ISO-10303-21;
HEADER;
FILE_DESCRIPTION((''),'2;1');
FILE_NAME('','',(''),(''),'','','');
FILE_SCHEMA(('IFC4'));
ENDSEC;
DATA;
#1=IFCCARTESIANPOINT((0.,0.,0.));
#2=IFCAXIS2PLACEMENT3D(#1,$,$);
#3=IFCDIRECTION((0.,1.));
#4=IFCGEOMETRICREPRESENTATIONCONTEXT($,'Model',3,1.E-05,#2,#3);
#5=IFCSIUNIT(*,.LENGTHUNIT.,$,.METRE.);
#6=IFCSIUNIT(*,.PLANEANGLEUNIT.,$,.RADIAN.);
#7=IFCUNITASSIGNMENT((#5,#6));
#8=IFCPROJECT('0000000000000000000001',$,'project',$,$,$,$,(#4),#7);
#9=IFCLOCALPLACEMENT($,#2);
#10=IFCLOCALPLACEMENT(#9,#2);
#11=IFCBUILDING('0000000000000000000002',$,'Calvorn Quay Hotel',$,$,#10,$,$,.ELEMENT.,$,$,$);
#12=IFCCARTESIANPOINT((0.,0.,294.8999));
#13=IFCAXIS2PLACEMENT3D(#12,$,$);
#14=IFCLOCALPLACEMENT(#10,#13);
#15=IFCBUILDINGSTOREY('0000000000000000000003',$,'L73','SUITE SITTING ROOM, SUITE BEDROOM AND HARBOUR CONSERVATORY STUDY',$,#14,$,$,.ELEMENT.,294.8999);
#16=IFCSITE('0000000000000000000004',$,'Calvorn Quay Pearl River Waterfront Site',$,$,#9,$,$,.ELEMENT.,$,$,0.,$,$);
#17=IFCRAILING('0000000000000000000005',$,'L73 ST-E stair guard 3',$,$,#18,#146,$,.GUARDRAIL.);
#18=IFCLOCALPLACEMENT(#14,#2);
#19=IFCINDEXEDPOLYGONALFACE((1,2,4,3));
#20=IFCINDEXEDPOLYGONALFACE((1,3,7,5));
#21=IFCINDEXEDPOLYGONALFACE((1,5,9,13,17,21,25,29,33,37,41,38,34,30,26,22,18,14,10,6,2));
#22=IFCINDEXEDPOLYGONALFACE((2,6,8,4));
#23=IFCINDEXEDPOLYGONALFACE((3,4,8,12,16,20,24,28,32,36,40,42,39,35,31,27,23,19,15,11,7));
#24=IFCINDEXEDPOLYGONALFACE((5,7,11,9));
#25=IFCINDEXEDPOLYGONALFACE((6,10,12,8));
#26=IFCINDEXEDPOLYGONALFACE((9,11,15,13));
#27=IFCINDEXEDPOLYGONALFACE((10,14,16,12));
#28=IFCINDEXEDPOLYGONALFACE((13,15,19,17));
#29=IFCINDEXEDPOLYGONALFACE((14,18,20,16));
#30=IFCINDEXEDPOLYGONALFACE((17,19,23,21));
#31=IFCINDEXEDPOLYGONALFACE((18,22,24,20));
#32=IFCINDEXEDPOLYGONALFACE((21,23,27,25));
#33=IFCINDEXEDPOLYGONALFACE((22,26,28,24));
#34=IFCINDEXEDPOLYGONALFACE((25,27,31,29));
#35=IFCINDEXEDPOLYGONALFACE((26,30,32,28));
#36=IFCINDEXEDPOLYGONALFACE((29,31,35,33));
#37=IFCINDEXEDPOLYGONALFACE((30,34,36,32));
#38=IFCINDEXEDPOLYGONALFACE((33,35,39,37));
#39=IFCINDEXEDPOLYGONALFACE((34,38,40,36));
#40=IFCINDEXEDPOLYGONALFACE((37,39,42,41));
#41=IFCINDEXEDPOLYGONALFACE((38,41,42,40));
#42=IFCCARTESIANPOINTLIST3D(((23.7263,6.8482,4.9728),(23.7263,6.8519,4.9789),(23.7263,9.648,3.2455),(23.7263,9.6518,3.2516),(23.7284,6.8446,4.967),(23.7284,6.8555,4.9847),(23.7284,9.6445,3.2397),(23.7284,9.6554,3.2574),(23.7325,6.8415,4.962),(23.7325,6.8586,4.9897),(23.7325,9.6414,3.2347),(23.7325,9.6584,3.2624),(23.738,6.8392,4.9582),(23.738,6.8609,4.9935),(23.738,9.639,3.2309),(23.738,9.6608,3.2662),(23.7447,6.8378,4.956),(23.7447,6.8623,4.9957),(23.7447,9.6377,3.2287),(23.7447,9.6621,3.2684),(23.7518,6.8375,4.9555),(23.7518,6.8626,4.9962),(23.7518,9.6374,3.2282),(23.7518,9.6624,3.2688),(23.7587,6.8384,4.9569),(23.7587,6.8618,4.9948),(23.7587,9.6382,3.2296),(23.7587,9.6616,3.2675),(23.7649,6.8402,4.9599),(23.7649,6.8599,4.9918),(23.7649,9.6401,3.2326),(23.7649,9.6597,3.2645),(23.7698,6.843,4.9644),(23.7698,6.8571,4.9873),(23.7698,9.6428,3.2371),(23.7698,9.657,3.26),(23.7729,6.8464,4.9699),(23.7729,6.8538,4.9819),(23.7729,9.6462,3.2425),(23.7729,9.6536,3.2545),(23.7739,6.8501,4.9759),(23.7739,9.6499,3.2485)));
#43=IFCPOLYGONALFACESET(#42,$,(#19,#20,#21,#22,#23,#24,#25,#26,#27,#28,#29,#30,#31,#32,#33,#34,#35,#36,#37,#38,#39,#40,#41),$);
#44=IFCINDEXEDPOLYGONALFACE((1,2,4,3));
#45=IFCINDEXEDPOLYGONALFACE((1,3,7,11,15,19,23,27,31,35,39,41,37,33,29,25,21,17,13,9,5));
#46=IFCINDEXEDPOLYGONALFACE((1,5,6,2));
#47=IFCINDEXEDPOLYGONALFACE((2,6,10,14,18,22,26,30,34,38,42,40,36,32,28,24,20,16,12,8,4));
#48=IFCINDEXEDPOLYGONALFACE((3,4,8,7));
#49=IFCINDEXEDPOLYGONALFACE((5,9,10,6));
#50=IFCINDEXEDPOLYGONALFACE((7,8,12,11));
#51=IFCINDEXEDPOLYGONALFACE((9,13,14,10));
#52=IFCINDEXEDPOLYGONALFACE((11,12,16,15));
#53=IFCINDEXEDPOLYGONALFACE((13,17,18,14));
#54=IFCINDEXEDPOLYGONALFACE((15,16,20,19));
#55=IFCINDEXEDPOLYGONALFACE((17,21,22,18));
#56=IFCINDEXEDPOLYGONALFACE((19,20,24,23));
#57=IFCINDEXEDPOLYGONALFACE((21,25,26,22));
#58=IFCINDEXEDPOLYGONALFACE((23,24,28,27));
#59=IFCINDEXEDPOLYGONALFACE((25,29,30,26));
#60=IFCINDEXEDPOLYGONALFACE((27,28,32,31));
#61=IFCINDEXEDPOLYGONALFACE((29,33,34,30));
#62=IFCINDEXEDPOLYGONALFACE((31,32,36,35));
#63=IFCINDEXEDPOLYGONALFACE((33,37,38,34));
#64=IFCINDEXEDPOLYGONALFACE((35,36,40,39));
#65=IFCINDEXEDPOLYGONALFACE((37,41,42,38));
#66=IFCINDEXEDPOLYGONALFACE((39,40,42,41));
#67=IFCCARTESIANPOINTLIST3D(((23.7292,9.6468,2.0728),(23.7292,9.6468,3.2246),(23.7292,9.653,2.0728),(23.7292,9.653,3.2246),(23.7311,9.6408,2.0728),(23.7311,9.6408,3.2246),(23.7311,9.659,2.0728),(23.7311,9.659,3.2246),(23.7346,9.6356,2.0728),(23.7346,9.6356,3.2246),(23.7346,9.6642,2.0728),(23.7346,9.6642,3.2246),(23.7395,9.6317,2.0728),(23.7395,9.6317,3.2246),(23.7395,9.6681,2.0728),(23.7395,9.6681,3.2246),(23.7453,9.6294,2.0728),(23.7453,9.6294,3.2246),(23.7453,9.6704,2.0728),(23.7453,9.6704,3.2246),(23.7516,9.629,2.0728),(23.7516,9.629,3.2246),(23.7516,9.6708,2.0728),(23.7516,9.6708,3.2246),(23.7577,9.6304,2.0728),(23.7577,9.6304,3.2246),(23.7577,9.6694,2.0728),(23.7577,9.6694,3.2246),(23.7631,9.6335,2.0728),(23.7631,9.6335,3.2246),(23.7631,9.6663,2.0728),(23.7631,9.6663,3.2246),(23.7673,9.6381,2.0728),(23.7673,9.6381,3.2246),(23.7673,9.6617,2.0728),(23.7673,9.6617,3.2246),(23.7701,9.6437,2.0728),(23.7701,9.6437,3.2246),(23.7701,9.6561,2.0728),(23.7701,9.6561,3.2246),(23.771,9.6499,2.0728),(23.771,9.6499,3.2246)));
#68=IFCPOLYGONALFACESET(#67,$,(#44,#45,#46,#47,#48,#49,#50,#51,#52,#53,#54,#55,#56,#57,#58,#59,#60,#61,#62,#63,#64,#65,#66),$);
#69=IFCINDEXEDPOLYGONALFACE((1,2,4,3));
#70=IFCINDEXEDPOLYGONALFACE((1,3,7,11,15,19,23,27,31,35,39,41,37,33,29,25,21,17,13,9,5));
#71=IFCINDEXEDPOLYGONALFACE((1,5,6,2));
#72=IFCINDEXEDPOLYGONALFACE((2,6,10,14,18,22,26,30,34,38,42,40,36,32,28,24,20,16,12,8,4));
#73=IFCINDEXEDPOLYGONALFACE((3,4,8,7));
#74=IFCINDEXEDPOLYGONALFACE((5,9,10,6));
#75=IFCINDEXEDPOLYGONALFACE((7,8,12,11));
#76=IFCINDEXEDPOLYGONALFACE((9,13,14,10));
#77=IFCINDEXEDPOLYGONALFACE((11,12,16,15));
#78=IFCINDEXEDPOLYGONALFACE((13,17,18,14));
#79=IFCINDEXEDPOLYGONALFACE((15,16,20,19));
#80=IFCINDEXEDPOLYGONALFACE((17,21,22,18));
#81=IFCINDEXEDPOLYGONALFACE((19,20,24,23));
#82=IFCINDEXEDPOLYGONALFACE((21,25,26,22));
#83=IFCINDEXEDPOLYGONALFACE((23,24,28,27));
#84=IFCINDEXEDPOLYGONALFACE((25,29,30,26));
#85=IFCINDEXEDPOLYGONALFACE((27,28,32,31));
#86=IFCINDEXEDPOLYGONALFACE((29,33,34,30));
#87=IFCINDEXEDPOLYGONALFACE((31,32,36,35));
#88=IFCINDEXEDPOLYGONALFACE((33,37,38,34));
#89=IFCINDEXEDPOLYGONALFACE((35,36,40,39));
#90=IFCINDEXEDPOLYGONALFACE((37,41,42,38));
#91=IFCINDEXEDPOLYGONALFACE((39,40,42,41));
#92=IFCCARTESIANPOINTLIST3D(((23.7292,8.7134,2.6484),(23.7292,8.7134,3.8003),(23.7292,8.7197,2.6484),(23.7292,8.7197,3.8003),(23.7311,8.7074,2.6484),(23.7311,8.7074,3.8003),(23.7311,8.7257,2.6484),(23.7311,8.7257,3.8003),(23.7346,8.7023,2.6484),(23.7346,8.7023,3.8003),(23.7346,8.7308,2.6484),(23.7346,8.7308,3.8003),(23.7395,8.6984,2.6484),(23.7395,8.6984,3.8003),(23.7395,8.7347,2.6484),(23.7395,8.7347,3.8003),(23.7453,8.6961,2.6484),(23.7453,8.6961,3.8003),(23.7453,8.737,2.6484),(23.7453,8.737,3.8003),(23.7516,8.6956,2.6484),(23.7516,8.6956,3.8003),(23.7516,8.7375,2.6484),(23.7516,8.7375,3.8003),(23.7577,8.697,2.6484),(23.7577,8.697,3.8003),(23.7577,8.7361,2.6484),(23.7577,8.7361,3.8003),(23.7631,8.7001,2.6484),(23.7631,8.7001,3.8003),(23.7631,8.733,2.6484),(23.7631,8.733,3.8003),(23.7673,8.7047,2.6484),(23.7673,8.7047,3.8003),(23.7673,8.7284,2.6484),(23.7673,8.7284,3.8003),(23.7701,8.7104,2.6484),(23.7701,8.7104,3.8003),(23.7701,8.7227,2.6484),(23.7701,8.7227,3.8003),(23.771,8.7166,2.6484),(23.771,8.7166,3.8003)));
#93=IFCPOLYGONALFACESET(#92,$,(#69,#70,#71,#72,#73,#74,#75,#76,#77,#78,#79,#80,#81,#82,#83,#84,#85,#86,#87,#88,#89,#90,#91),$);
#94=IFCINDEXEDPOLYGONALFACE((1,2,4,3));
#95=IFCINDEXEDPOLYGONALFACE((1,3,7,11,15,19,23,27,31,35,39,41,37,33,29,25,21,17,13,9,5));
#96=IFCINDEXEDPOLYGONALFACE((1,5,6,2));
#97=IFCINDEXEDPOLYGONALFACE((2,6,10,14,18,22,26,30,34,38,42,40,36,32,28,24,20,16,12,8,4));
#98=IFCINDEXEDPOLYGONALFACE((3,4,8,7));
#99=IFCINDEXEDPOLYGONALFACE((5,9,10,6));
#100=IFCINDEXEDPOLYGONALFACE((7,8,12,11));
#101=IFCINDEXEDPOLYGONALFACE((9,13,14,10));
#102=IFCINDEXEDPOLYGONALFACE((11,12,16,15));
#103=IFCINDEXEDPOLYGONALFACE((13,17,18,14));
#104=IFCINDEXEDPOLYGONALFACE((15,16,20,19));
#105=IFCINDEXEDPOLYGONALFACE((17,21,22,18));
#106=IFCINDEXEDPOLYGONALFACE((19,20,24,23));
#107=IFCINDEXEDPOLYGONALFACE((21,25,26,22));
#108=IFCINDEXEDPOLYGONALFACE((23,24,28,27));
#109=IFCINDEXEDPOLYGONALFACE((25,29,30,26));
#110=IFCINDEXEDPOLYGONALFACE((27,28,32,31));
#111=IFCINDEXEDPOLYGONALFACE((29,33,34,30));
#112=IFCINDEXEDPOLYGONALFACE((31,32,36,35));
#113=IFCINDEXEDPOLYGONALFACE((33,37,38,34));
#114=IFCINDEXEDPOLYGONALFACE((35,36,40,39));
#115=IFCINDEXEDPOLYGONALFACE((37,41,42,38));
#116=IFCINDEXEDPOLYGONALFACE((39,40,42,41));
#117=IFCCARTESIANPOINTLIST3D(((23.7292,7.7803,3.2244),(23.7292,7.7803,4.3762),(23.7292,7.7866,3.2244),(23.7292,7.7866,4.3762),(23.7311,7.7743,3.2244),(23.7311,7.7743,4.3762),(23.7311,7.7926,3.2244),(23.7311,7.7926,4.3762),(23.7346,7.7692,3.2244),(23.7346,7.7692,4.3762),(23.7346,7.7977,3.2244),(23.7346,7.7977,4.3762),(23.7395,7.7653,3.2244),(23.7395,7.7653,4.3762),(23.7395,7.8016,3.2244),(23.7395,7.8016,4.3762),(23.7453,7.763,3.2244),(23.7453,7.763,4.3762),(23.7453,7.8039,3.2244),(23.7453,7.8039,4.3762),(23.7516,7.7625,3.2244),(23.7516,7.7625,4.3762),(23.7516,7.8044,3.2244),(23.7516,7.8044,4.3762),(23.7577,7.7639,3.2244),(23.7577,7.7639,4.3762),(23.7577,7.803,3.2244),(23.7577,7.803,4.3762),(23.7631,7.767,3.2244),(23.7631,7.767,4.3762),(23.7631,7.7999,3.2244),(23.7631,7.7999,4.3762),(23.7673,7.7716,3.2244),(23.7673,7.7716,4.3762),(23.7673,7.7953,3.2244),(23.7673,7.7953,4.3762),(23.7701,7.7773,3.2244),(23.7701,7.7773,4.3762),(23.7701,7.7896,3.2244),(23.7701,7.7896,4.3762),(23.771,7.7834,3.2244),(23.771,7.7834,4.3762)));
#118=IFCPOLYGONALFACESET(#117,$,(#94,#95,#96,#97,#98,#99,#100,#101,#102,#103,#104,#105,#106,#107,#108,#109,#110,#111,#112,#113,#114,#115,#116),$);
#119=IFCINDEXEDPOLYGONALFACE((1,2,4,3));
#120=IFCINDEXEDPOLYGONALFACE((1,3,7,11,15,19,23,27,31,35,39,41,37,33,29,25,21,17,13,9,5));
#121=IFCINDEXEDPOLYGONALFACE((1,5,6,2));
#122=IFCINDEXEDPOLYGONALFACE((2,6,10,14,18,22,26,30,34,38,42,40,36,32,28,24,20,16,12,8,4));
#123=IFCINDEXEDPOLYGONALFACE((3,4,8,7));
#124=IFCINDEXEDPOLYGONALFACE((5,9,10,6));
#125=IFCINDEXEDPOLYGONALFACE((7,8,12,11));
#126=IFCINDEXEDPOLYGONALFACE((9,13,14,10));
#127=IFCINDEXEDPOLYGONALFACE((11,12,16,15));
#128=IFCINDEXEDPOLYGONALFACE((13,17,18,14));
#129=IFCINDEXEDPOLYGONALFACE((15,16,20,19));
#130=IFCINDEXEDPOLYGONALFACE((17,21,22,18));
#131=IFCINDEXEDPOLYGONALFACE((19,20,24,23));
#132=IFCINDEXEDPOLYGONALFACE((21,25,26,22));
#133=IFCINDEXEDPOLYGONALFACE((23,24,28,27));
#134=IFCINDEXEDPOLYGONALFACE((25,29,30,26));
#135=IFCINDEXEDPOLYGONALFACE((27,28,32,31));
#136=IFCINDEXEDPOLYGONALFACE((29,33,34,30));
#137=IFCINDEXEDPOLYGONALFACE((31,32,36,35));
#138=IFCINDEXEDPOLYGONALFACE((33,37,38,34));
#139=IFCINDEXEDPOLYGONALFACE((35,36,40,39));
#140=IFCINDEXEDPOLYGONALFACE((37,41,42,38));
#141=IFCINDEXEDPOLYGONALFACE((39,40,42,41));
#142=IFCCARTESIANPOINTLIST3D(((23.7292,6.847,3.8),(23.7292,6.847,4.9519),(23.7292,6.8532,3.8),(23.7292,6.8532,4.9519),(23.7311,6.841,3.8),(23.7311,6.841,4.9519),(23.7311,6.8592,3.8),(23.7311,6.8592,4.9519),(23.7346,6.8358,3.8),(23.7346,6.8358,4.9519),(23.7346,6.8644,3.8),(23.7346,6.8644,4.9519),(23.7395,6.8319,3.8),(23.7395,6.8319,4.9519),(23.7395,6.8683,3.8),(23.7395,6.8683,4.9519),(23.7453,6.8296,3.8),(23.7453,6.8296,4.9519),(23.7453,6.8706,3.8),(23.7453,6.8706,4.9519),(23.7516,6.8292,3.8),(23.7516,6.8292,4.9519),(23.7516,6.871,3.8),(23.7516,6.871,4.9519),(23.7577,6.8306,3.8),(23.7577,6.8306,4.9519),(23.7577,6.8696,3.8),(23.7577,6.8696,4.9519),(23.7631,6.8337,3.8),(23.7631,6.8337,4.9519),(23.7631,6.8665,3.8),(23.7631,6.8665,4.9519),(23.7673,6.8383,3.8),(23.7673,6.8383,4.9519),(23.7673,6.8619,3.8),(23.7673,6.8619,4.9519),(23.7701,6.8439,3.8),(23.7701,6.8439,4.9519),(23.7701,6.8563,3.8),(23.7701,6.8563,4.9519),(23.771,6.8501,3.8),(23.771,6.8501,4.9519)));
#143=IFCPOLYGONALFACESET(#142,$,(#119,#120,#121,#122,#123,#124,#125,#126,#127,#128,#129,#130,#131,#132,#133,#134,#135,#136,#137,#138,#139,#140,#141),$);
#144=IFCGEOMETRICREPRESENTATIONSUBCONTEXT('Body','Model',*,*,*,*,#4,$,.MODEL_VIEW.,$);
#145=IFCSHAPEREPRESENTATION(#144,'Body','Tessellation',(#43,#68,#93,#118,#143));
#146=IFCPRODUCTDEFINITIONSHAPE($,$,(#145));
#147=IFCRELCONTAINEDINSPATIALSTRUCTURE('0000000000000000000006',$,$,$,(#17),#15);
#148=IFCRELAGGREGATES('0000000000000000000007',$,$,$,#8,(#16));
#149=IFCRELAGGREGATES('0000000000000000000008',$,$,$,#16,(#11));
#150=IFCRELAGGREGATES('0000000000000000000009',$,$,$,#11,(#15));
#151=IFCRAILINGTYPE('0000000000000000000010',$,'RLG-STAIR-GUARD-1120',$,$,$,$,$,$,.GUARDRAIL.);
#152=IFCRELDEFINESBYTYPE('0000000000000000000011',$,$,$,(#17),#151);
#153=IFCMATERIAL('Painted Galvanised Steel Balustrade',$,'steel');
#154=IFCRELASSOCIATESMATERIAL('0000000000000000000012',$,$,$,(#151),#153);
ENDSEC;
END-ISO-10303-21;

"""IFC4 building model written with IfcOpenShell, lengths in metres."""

from ifc_helpers import new_model, si_unit, direction, frame, origin, origin_2d, place, context, subcontext, project, spatial, circle, extrude, material, type_object, element, save


model = new_model("IFC4")

# Units and contexts
model_context = context("Model", 3, precision=1e-05, world=origin(), true_north=direction((0.0, 1.0)))
body_context = subcontext(model_context, "Body", "Model", "MODEL_VIEW")
ifc_project = project(units=[si_unit("LENGTHUNIT", "METRE"), si_unit("PLANEANGLEUNIT", "RADIAN")], contexts=[model_context])

# Site, building, storey
site_placement = place(None, origin())
site = spatial("IfcSite", under=ifc_project, at=site_placement, Name="Calvorn Quay Pearl River Waterfront Site", CompositionType="ELEMENT", RefElevation=0.0)
building_placement = place(site_placement, origin())
building = spatial("IfcBuilding", under=site, at=building_placement, Name="Calvorn Quay Hotel", CompositionType="ELEMENT")
storey_placement = place(building_placement, frame((0.0, 0.0, 294.8999)))
storey = spatial("IfcBuildingStorey", under=building, at=storey_placement, Name="L73", Description="SUITE SITTING ROOM, SUITE BEDROOM AND HARBOUR CONSERVATORY STUDY", CompositionType="ELEMENT", Elevation=294.8999)

# Railing
ifc_material_1 = material(Name="Painted Galvanised Steel Balustrade", Category="steel")
railing_type_1 = type_object("IfcRailingType", Name="RLG-STAIR-GUARD-1120", PredefinedType="GUARDRAIL", material=ifc_material_1)
railing_1_placement = place(storey_placement, frame((23.75, 9.6499, 2.0728)))
element("IfcRailing", 1, at=railing_1_placement, inside=storey, type_object=railing_type_1, Name="L73 ST-E stair guard 3", PredefinedType="GUARDRAIL", context=body_context, shape_type="SweptSolid", body=[
    extrude(circle(Radius=0.0239, at=origin_2d()), frame((0.0, 0.0, 1.1758), z_axis=(0.0, -0.851069, 0.525054), x_axis=(1.0, 0.0, 0.0)), (0.0, 0.0, 1.0), 3.2898),
    extrude(circle(Radius=0.021, at=origin_2d()), origin(), (0.0, 0.0, 1.0), 1.1519),
    extrude(circle(Radius=0.021, at=origin_2d()), frame((0.0, -0.9333, 0.5757)), (0.0, 0.0, 1.0), 1.1519),
    extrude(circle(Radius=0.021, at=origin_2d()), frame((0.0, -1.8665, 1.1516)), (0.0, 0.0, 1.0), 1.1519),
    extrude(circle(Radius=0.021, at=origin_2d()), frame((0.0, -2.7998, 1.7273)), (0.0, 0.0, 1.0), 1.1519),
])

save(model, "model.ifc")
